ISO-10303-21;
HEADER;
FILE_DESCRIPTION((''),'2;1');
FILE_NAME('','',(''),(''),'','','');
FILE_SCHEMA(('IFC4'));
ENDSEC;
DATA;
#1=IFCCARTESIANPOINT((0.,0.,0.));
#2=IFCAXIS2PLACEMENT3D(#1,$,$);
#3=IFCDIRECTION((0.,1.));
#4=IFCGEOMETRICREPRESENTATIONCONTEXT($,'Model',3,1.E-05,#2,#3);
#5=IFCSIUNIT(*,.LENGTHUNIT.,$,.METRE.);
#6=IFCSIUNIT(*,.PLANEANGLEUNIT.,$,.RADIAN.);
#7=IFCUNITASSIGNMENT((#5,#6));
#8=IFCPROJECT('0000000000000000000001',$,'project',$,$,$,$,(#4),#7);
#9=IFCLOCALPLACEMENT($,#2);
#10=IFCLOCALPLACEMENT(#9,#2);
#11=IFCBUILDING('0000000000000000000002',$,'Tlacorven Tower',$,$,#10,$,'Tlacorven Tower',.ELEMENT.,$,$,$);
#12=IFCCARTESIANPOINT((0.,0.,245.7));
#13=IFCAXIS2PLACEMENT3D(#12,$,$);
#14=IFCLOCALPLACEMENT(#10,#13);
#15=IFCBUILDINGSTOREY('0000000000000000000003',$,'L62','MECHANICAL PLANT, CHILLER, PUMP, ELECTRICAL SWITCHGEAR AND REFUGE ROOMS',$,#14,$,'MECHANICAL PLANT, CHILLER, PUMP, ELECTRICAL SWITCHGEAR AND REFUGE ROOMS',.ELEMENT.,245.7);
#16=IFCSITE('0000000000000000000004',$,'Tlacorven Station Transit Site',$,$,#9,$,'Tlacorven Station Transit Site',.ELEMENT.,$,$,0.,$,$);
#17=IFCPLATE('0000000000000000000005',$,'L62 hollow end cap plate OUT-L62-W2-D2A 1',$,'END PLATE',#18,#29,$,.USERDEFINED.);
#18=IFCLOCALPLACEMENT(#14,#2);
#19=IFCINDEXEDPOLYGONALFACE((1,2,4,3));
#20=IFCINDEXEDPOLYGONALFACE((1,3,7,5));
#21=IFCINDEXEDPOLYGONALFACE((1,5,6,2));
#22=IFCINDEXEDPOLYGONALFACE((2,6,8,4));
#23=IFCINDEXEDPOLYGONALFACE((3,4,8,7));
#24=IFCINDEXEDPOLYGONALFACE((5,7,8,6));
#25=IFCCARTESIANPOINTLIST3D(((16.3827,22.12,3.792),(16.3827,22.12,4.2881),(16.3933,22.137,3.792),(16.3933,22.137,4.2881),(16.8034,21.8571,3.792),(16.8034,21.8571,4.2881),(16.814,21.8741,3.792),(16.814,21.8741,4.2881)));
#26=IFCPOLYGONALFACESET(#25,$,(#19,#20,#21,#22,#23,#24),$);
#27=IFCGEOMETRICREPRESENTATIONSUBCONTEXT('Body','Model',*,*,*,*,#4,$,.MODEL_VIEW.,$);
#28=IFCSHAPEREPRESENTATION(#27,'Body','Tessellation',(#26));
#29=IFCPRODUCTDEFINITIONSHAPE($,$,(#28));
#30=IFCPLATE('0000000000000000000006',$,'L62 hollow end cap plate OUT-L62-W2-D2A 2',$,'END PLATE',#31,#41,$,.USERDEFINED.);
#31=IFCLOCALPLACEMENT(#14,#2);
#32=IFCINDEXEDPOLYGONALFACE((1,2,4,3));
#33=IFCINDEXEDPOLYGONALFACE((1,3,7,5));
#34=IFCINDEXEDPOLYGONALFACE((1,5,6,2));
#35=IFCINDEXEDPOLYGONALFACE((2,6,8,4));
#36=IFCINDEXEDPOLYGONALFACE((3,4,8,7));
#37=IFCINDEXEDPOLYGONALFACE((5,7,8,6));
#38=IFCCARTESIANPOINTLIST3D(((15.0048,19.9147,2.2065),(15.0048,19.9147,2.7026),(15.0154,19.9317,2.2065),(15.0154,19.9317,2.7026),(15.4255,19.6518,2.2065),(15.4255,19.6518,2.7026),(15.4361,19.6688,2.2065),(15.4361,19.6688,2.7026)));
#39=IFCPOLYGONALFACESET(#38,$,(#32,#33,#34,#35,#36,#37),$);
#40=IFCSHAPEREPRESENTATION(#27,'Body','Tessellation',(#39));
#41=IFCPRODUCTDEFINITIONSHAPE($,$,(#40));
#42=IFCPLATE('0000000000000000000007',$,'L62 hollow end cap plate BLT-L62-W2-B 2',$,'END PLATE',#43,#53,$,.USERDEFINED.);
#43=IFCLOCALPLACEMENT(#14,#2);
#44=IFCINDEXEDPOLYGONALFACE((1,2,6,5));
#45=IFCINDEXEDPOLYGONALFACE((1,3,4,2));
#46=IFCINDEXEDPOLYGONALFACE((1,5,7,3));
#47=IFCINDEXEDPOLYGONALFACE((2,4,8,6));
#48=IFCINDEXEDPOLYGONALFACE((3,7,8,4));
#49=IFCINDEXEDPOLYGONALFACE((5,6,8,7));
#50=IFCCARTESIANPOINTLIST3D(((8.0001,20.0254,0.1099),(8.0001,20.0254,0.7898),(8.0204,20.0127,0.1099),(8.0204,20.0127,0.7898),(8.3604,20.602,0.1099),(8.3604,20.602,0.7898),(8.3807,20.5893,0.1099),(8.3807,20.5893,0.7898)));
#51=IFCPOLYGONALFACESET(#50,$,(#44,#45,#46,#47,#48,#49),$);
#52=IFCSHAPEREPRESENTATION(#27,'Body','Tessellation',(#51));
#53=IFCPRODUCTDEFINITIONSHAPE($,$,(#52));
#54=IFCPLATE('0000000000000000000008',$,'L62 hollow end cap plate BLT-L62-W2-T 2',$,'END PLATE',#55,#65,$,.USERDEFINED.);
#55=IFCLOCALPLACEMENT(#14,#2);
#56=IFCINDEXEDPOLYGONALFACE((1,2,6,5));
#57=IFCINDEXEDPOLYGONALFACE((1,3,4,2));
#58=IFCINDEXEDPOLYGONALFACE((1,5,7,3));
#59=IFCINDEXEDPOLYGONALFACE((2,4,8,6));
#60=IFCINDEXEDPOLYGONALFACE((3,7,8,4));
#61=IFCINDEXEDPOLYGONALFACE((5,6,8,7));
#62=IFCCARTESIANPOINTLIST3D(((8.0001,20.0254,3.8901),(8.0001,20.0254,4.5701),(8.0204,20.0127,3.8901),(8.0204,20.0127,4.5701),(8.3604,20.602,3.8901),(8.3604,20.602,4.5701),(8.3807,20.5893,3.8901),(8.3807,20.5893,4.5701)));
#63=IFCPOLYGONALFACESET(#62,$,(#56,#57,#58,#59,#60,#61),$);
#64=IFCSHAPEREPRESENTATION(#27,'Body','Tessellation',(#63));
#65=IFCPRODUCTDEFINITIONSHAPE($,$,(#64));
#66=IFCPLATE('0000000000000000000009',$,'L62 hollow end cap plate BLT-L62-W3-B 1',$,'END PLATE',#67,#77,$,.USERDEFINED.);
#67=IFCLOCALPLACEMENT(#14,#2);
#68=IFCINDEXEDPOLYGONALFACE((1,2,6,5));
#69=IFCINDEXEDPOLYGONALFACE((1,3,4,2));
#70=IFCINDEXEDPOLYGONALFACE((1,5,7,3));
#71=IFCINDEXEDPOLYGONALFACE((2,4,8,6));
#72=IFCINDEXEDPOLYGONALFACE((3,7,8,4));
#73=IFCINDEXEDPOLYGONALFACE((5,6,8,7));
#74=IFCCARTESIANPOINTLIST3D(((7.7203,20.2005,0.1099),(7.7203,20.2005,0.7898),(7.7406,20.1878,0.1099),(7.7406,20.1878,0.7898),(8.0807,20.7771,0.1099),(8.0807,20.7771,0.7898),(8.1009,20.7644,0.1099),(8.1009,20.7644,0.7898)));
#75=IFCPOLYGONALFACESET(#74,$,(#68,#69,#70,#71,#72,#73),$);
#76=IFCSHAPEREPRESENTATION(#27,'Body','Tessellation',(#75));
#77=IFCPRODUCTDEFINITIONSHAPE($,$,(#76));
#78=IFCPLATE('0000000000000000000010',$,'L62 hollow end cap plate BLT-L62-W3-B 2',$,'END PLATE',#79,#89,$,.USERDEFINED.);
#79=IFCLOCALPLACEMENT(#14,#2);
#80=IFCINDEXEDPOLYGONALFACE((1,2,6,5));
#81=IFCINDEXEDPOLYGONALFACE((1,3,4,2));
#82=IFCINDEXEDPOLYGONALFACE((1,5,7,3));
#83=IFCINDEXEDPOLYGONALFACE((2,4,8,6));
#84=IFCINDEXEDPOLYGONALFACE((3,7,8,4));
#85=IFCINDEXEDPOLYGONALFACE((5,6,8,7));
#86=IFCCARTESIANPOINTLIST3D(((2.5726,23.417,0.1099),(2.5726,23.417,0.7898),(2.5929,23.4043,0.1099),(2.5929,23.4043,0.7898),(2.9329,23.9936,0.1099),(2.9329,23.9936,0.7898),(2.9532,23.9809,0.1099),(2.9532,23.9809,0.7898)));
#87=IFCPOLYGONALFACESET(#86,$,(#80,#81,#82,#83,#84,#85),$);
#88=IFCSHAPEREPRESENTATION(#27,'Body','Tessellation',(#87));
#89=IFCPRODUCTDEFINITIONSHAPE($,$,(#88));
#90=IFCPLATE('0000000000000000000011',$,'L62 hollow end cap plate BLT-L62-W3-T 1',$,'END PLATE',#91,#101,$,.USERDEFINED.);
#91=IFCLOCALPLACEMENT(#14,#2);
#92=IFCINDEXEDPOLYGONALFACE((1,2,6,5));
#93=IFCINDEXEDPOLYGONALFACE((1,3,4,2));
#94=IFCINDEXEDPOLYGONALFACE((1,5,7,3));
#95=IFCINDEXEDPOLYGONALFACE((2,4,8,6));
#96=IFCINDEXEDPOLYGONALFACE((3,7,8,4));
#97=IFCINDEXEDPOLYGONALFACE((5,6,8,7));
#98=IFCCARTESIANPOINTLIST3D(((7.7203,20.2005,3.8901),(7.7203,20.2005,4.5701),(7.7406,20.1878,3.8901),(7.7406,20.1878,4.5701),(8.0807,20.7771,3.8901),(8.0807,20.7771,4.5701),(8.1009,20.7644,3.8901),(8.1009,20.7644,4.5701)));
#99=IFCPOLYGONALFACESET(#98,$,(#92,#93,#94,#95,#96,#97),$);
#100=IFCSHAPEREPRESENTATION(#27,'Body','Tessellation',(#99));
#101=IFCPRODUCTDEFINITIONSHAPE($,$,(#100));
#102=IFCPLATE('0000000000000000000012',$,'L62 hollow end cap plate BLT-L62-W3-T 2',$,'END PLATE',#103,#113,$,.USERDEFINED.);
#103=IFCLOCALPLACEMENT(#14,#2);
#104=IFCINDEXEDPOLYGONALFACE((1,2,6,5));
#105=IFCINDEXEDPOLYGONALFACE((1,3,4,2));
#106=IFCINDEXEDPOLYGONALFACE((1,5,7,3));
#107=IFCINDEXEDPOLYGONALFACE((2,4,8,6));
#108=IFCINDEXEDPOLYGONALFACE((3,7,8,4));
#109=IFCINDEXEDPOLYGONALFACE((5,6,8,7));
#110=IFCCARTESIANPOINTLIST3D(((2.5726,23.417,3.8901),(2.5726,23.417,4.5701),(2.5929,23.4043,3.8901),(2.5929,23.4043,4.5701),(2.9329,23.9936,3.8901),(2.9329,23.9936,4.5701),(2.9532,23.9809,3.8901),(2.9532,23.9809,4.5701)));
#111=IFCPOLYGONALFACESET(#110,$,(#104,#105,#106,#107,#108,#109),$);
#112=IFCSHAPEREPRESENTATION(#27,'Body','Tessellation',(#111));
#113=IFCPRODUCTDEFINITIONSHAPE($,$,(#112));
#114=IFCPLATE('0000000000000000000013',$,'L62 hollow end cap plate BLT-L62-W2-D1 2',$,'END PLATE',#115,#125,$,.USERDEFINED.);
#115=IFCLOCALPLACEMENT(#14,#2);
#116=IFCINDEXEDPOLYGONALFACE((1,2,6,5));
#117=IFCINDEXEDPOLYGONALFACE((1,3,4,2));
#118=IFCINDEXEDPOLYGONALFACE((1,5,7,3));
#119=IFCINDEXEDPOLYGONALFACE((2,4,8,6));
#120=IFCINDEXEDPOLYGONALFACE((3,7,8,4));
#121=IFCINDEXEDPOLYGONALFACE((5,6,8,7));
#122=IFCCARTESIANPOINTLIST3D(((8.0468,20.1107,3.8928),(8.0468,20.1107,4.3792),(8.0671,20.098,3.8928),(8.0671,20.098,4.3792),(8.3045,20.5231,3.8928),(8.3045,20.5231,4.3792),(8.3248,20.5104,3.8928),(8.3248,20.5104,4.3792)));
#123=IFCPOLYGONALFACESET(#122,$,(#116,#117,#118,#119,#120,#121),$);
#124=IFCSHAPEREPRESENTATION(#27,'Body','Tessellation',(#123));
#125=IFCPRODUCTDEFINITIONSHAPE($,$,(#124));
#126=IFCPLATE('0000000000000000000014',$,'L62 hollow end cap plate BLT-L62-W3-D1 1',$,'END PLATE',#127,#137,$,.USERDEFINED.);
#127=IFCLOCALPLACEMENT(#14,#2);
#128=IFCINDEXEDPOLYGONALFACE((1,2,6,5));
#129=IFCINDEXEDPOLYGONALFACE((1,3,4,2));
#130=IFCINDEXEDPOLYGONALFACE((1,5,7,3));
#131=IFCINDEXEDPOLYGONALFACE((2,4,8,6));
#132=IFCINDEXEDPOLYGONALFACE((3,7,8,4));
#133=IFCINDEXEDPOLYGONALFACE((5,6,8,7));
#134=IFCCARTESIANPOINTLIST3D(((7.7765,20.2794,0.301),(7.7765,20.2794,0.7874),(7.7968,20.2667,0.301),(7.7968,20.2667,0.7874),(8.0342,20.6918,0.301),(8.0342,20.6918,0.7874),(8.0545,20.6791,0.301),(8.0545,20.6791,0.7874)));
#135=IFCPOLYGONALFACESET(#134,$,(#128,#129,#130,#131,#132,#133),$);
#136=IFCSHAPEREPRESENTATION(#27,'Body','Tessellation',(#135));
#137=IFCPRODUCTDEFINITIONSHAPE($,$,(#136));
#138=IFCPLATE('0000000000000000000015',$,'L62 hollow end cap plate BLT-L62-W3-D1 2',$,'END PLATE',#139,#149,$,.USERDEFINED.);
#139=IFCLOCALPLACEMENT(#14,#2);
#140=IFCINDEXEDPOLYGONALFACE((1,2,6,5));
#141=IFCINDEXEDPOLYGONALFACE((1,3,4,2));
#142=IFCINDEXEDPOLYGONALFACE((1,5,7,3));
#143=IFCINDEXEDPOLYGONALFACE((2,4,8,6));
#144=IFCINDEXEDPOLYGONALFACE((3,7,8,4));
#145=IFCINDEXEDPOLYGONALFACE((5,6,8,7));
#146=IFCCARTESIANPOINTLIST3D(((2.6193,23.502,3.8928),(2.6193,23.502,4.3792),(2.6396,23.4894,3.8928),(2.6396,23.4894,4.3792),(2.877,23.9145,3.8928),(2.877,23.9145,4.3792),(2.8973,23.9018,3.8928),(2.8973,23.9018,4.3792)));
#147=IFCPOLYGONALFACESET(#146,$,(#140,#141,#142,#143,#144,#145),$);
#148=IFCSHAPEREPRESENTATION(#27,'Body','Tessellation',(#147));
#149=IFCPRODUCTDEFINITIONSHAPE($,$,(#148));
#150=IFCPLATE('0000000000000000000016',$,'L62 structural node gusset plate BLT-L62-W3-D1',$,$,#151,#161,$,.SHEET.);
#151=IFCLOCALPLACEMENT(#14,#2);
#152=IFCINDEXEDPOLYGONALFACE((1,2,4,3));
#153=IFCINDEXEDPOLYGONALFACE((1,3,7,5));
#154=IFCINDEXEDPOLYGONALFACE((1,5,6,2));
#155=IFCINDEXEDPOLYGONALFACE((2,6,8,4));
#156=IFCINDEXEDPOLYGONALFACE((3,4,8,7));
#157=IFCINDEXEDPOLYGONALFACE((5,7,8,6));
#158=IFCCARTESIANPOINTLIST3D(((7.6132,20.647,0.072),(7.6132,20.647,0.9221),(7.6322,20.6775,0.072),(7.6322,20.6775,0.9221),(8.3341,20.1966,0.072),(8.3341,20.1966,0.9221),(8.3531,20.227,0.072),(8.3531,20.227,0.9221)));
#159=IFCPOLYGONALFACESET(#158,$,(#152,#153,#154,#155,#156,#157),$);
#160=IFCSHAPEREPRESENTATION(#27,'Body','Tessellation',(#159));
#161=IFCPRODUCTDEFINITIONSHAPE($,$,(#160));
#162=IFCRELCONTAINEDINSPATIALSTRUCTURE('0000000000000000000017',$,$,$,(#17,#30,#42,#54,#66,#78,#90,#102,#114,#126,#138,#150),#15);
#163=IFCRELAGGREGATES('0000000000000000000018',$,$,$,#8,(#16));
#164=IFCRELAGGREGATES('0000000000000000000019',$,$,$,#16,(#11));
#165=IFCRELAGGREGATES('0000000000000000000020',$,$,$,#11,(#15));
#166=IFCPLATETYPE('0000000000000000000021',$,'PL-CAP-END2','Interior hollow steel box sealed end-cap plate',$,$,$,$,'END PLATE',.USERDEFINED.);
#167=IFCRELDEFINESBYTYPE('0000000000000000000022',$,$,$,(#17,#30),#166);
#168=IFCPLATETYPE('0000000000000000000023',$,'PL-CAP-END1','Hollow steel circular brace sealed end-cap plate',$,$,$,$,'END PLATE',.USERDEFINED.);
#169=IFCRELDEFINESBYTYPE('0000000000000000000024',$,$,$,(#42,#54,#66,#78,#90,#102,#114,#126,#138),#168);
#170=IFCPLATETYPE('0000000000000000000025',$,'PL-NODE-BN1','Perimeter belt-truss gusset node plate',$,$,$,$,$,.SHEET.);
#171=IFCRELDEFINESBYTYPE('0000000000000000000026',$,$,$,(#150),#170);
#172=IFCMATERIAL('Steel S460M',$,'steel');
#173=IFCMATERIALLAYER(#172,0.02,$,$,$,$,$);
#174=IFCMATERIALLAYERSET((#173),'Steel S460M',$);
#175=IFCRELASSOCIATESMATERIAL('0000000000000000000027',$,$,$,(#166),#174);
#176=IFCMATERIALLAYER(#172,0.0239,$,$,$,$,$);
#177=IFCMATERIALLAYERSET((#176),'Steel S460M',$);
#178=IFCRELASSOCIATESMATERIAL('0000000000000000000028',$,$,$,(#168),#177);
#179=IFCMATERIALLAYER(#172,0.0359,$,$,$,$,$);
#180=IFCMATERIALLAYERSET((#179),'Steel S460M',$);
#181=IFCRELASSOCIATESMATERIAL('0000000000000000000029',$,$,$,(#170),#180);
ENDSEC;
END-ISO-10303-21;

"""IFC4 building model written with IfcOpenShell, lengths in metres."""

from ifc_helpers import new_model, si_unit, direction, frame, origin, origin_2d, place, context, subcontext, project, spatial, rectangle, extrude, source, transform, mapped, material, layer, layer_set, type_object, element, save


model = new_model("IFC4")

# Units and contexts
model_context = context("Model", 3, precision=1e-05, world=origin(), true_north=direction((0.0, 1.0)))
body_context = subcontext(model_context, "Body", "Model", "MODEL_VIEW")
ifc_project = project(units=[si_unit("LENGTHUNIT", "METRE"), si_unit("PLANEANGLEUNIT", "RADIAN")], contexts=[model_context])

# Site, building, storey
site_placement = place(None, origin())
site = spatial("IfcSite", under=ifc_project, at=site_placement, Name="Tlacorven Station Transit Site", LongName="Tlacorven Station Transit Site", CompositionType="ELEMENT", RefElevation=0.0)
building_placement = place(site_placement, origin())
building = spatial("IfcBuilding", under=site, at=building_placement, Name="Tlacorven Tower", LongName="Tlacorven Tower", CompositionType="ELEMENT")
storey_placement = place(building_placement, frame((0.0, 0.0, 245.7)))
storey = spatial("IfcBuildingStorey", under=building, at=storey_placement, Name="L62", Description="MECHANICAL PLANT, CHILLER, PUMP, ELECTRICAL SWITCHGEAR AND REFUGE ROOMS", LongName="MECHANICAL PLANT, CHILLER, PUMP, ELECTRICAL SWITCHGEAR AND REFUGE ROOMS", CompositionType="ELEMENT", Elevation=245.7)

# Shared definitions
ifc_material_1 = material(Name="Steel S460M", Category="steel")

# Plates
ifc_layer_1 = layer(ifc_material_1, 0.02)
ifc_layer_set_1 = layer_set([ifc_layer_1], Name="Steel S460M")
plate_type_1 = type_object("IfcPlateType", Name="PL-CAP-END2", Description="Interior hollow steel box sealed end-cap plate", ElementType="END PLATE", PredefinedType="USERDEFINED", material=ifc_layer_set_1)
shared_shape_1 = source(origin(), body_context, "Body", "SweptSolid", [
    extrude(rectangle(XDim=0.02, YDim=0.4961, at=origin_2d()), origin(), (0.0, 0.0, 1.0), 0.4961),
])
for number, where, z_axis, x_axis, name in (
    (1, (16.5984, 21.9971, 3.792), (0.0, 0.0, 1.0), (-0.52992, -0.848048, 0.0), "L62 hollow end cap plate OUT-L62-W2-D2A 1"),
    (2, (15.2205, 19.7917, 2.2065), (0.0, 0.0, 1.0), (-0.52992, -0.848048, 0.0), "L62 hollow end cap plate OUT-L62-W2-D2A 2"),
):
    element("IfcPlate", number, at=place(storey_placement, frame(where, z_axis=z_axis, x_axis=x_axis)), inside=storey, type_object=plate_type_1, Name=name, ObjectType="END PLATE", PredefinedType="USERDEFINED", context=body_context, shape_type="MappedRepresentation", body=[
        mapped(shared_shape_1, transform((0.0, 0.0, 0.0), scale=1.0)),
    ])
ifc_layer_2 = layer(ifc_material_1, 0.0239)
ifc_layer_set_2 = layer_set([ifc_layer_2], Name="Steel S460M")
plate_type_2 = type_object("IfcPlateType", Name="PL-CAP-END1", Description="Hollow steel circular brace sealed end-cap plate", ElementType="END PLATE", PredefinedType="USERDEFINED", material=ifc_layer_set_2)
shared_shape_2 = source(origin(), body_context, "Body", "SweptSolid", [
    extrude(rectangle(XDim=0.0239, YDim=0.6799, at=origin_2d()), origin(), (0.0, 0.0, 1.0), 0.6799),
])
for number, where, z_axis, x_axis, name in (
    (3, (8.1904, 20.3074, 0.1099), (0.0, 0.0, 1.0), (-0.848048, 0.529919, 0.0), "L62 hollow end cap plate BLT-L62-W2-B 2"),
    (4, (8.1904, 20.3074, 3.8901), (0.0, 0.0, 1.0), (-0.848048, 0.529919, 0.0), "L62 hollow end cap plate BLT-L62-W2-T 2"),
    (5, (7.9106, 20.4824, 0.1099), (0.0, 0.0, 1.0), (-0.848048, 0.529919, 0.0), "L62 hollow end cap plate BLT-L62-W3-B 1"),
    (6, (2.7629, 23.699, 0.1099), (0.0, 0.0, 1.0), (-0.848048, 0.529919, 0.0), "L62 hollow end cap plate BLT-L62-W3-B 2"),
    (7, (7.9106, 20.4824, 3.8901), (0.0, 0.0, 1.0), (-0.848048, 0.529919, 0.0), "L62 hollow end cap plate BLT-L62-W3-T 1"),
    (8, (2.7629, 23.699, 3.8901), (0.0, 0.0, 1.0), (-0.848048, 0.529919, 0.0), "L62 hollow end cap plate BLT-L62-W3-T 2"),
):
    element("IfcPlate", number, at=place(storey_placement, frame(where, z_axis=z_axis, x_axis=x_axis)), inside=storey, type_object=plate_type_2, Name=name, ObjectType="END PLATE", PredefinedType="USERDEFINED", context=body_context, shape_type="MappedRepresentation", body=[
        mapped(shared_shape_2, transform((0.0, 0.0, 0.0), scale=1.0)),
    ])
shared_shape_3 = source(origin(), body_context, "Body", "SweptSolid", [
    extrude(rectangle(XDim=0.0239, YDim=0.4863, at=origin_2d()), origin(), (0.0, 0.0, 1.0), 0.4863),
])
for number, where, z_axis, x_axis, name in (
    (9, (8.1858, 20.3105, 3.8928), (0.0, 0.0, 1.0), (-0.848048, 0.529919, 0.0), "L62 hollow end cap plate BLT-L62-W2-D1 2"),
    (10, (7.9155, 20.4792, 0.301), (0.0, 0.0, 1.0), (-0.848048, 0.529919, 0.0), "L62 hollow end cap plate BLT-L62-W3-D1 1"),
    (11, (2.7583, 23.7019, 3.8928), (0.0, 0.0, 1.0), (-0.848048, 0.529919, 0.0), "L62 hollow end cap plate BLT-L62-W3-D1 2"),
):
    element("IfcPlate", number, at=place(storey_placement, frame(where, z_axis=z_axis, x_axis=x_axis)), inside=storey, type_object=plate_type_2, Name=name, ObjectType="END PLATE", PredefinedType="USERDEFINED", context=body_context, shape_type="MappedRepresentation", body=[
        mapped(shared_shape_3, transform((0.0, 0.0, 0.0), scale=1.0)),
    ])
ifc_layer_3 = layer(ifc_material_1, 0.0359)
ifc_layer_set_3 = layer_set([ifc_layer_3], Name="Steel S460M")
plate_type_3 = type_object("IfcPlateType", Name="PL-NODE-BN1", Description="Perimeter belt-truss gusset node plate", PredefinedType="SHEET", material=ifc_layer_set_3)
shared_shape_4 = source(origin(), body_context, "Body", "SweptSolid", [
    extrude(rectangle(XDim=0.8501, YDim=0.0359, at=origin_2d()), origin(), (0.0, 0.0, 1.0), 0.8501),
])
plate_placement = place(storey_placement, frame((7.9832, 20.437, 0.072), z_axis=(0.0, 0.0, 1.0), x_axis=(-0.848048, 0.529919, 0.0)))
element("IfcPlate", 12, at=plate_placement, inside=storey, type_object=plate_type_3, Name="L62 structural node gusset plate BLT-L62-W3-D1", PredefinedType="SHEET", context=body_context, shape_type="MappedRepresentation", body=[
    mapped(shared_shape_4, transform((0.0, 0.0, 0.0), scale=1.0)),
])

save(model, "model.ifc")
